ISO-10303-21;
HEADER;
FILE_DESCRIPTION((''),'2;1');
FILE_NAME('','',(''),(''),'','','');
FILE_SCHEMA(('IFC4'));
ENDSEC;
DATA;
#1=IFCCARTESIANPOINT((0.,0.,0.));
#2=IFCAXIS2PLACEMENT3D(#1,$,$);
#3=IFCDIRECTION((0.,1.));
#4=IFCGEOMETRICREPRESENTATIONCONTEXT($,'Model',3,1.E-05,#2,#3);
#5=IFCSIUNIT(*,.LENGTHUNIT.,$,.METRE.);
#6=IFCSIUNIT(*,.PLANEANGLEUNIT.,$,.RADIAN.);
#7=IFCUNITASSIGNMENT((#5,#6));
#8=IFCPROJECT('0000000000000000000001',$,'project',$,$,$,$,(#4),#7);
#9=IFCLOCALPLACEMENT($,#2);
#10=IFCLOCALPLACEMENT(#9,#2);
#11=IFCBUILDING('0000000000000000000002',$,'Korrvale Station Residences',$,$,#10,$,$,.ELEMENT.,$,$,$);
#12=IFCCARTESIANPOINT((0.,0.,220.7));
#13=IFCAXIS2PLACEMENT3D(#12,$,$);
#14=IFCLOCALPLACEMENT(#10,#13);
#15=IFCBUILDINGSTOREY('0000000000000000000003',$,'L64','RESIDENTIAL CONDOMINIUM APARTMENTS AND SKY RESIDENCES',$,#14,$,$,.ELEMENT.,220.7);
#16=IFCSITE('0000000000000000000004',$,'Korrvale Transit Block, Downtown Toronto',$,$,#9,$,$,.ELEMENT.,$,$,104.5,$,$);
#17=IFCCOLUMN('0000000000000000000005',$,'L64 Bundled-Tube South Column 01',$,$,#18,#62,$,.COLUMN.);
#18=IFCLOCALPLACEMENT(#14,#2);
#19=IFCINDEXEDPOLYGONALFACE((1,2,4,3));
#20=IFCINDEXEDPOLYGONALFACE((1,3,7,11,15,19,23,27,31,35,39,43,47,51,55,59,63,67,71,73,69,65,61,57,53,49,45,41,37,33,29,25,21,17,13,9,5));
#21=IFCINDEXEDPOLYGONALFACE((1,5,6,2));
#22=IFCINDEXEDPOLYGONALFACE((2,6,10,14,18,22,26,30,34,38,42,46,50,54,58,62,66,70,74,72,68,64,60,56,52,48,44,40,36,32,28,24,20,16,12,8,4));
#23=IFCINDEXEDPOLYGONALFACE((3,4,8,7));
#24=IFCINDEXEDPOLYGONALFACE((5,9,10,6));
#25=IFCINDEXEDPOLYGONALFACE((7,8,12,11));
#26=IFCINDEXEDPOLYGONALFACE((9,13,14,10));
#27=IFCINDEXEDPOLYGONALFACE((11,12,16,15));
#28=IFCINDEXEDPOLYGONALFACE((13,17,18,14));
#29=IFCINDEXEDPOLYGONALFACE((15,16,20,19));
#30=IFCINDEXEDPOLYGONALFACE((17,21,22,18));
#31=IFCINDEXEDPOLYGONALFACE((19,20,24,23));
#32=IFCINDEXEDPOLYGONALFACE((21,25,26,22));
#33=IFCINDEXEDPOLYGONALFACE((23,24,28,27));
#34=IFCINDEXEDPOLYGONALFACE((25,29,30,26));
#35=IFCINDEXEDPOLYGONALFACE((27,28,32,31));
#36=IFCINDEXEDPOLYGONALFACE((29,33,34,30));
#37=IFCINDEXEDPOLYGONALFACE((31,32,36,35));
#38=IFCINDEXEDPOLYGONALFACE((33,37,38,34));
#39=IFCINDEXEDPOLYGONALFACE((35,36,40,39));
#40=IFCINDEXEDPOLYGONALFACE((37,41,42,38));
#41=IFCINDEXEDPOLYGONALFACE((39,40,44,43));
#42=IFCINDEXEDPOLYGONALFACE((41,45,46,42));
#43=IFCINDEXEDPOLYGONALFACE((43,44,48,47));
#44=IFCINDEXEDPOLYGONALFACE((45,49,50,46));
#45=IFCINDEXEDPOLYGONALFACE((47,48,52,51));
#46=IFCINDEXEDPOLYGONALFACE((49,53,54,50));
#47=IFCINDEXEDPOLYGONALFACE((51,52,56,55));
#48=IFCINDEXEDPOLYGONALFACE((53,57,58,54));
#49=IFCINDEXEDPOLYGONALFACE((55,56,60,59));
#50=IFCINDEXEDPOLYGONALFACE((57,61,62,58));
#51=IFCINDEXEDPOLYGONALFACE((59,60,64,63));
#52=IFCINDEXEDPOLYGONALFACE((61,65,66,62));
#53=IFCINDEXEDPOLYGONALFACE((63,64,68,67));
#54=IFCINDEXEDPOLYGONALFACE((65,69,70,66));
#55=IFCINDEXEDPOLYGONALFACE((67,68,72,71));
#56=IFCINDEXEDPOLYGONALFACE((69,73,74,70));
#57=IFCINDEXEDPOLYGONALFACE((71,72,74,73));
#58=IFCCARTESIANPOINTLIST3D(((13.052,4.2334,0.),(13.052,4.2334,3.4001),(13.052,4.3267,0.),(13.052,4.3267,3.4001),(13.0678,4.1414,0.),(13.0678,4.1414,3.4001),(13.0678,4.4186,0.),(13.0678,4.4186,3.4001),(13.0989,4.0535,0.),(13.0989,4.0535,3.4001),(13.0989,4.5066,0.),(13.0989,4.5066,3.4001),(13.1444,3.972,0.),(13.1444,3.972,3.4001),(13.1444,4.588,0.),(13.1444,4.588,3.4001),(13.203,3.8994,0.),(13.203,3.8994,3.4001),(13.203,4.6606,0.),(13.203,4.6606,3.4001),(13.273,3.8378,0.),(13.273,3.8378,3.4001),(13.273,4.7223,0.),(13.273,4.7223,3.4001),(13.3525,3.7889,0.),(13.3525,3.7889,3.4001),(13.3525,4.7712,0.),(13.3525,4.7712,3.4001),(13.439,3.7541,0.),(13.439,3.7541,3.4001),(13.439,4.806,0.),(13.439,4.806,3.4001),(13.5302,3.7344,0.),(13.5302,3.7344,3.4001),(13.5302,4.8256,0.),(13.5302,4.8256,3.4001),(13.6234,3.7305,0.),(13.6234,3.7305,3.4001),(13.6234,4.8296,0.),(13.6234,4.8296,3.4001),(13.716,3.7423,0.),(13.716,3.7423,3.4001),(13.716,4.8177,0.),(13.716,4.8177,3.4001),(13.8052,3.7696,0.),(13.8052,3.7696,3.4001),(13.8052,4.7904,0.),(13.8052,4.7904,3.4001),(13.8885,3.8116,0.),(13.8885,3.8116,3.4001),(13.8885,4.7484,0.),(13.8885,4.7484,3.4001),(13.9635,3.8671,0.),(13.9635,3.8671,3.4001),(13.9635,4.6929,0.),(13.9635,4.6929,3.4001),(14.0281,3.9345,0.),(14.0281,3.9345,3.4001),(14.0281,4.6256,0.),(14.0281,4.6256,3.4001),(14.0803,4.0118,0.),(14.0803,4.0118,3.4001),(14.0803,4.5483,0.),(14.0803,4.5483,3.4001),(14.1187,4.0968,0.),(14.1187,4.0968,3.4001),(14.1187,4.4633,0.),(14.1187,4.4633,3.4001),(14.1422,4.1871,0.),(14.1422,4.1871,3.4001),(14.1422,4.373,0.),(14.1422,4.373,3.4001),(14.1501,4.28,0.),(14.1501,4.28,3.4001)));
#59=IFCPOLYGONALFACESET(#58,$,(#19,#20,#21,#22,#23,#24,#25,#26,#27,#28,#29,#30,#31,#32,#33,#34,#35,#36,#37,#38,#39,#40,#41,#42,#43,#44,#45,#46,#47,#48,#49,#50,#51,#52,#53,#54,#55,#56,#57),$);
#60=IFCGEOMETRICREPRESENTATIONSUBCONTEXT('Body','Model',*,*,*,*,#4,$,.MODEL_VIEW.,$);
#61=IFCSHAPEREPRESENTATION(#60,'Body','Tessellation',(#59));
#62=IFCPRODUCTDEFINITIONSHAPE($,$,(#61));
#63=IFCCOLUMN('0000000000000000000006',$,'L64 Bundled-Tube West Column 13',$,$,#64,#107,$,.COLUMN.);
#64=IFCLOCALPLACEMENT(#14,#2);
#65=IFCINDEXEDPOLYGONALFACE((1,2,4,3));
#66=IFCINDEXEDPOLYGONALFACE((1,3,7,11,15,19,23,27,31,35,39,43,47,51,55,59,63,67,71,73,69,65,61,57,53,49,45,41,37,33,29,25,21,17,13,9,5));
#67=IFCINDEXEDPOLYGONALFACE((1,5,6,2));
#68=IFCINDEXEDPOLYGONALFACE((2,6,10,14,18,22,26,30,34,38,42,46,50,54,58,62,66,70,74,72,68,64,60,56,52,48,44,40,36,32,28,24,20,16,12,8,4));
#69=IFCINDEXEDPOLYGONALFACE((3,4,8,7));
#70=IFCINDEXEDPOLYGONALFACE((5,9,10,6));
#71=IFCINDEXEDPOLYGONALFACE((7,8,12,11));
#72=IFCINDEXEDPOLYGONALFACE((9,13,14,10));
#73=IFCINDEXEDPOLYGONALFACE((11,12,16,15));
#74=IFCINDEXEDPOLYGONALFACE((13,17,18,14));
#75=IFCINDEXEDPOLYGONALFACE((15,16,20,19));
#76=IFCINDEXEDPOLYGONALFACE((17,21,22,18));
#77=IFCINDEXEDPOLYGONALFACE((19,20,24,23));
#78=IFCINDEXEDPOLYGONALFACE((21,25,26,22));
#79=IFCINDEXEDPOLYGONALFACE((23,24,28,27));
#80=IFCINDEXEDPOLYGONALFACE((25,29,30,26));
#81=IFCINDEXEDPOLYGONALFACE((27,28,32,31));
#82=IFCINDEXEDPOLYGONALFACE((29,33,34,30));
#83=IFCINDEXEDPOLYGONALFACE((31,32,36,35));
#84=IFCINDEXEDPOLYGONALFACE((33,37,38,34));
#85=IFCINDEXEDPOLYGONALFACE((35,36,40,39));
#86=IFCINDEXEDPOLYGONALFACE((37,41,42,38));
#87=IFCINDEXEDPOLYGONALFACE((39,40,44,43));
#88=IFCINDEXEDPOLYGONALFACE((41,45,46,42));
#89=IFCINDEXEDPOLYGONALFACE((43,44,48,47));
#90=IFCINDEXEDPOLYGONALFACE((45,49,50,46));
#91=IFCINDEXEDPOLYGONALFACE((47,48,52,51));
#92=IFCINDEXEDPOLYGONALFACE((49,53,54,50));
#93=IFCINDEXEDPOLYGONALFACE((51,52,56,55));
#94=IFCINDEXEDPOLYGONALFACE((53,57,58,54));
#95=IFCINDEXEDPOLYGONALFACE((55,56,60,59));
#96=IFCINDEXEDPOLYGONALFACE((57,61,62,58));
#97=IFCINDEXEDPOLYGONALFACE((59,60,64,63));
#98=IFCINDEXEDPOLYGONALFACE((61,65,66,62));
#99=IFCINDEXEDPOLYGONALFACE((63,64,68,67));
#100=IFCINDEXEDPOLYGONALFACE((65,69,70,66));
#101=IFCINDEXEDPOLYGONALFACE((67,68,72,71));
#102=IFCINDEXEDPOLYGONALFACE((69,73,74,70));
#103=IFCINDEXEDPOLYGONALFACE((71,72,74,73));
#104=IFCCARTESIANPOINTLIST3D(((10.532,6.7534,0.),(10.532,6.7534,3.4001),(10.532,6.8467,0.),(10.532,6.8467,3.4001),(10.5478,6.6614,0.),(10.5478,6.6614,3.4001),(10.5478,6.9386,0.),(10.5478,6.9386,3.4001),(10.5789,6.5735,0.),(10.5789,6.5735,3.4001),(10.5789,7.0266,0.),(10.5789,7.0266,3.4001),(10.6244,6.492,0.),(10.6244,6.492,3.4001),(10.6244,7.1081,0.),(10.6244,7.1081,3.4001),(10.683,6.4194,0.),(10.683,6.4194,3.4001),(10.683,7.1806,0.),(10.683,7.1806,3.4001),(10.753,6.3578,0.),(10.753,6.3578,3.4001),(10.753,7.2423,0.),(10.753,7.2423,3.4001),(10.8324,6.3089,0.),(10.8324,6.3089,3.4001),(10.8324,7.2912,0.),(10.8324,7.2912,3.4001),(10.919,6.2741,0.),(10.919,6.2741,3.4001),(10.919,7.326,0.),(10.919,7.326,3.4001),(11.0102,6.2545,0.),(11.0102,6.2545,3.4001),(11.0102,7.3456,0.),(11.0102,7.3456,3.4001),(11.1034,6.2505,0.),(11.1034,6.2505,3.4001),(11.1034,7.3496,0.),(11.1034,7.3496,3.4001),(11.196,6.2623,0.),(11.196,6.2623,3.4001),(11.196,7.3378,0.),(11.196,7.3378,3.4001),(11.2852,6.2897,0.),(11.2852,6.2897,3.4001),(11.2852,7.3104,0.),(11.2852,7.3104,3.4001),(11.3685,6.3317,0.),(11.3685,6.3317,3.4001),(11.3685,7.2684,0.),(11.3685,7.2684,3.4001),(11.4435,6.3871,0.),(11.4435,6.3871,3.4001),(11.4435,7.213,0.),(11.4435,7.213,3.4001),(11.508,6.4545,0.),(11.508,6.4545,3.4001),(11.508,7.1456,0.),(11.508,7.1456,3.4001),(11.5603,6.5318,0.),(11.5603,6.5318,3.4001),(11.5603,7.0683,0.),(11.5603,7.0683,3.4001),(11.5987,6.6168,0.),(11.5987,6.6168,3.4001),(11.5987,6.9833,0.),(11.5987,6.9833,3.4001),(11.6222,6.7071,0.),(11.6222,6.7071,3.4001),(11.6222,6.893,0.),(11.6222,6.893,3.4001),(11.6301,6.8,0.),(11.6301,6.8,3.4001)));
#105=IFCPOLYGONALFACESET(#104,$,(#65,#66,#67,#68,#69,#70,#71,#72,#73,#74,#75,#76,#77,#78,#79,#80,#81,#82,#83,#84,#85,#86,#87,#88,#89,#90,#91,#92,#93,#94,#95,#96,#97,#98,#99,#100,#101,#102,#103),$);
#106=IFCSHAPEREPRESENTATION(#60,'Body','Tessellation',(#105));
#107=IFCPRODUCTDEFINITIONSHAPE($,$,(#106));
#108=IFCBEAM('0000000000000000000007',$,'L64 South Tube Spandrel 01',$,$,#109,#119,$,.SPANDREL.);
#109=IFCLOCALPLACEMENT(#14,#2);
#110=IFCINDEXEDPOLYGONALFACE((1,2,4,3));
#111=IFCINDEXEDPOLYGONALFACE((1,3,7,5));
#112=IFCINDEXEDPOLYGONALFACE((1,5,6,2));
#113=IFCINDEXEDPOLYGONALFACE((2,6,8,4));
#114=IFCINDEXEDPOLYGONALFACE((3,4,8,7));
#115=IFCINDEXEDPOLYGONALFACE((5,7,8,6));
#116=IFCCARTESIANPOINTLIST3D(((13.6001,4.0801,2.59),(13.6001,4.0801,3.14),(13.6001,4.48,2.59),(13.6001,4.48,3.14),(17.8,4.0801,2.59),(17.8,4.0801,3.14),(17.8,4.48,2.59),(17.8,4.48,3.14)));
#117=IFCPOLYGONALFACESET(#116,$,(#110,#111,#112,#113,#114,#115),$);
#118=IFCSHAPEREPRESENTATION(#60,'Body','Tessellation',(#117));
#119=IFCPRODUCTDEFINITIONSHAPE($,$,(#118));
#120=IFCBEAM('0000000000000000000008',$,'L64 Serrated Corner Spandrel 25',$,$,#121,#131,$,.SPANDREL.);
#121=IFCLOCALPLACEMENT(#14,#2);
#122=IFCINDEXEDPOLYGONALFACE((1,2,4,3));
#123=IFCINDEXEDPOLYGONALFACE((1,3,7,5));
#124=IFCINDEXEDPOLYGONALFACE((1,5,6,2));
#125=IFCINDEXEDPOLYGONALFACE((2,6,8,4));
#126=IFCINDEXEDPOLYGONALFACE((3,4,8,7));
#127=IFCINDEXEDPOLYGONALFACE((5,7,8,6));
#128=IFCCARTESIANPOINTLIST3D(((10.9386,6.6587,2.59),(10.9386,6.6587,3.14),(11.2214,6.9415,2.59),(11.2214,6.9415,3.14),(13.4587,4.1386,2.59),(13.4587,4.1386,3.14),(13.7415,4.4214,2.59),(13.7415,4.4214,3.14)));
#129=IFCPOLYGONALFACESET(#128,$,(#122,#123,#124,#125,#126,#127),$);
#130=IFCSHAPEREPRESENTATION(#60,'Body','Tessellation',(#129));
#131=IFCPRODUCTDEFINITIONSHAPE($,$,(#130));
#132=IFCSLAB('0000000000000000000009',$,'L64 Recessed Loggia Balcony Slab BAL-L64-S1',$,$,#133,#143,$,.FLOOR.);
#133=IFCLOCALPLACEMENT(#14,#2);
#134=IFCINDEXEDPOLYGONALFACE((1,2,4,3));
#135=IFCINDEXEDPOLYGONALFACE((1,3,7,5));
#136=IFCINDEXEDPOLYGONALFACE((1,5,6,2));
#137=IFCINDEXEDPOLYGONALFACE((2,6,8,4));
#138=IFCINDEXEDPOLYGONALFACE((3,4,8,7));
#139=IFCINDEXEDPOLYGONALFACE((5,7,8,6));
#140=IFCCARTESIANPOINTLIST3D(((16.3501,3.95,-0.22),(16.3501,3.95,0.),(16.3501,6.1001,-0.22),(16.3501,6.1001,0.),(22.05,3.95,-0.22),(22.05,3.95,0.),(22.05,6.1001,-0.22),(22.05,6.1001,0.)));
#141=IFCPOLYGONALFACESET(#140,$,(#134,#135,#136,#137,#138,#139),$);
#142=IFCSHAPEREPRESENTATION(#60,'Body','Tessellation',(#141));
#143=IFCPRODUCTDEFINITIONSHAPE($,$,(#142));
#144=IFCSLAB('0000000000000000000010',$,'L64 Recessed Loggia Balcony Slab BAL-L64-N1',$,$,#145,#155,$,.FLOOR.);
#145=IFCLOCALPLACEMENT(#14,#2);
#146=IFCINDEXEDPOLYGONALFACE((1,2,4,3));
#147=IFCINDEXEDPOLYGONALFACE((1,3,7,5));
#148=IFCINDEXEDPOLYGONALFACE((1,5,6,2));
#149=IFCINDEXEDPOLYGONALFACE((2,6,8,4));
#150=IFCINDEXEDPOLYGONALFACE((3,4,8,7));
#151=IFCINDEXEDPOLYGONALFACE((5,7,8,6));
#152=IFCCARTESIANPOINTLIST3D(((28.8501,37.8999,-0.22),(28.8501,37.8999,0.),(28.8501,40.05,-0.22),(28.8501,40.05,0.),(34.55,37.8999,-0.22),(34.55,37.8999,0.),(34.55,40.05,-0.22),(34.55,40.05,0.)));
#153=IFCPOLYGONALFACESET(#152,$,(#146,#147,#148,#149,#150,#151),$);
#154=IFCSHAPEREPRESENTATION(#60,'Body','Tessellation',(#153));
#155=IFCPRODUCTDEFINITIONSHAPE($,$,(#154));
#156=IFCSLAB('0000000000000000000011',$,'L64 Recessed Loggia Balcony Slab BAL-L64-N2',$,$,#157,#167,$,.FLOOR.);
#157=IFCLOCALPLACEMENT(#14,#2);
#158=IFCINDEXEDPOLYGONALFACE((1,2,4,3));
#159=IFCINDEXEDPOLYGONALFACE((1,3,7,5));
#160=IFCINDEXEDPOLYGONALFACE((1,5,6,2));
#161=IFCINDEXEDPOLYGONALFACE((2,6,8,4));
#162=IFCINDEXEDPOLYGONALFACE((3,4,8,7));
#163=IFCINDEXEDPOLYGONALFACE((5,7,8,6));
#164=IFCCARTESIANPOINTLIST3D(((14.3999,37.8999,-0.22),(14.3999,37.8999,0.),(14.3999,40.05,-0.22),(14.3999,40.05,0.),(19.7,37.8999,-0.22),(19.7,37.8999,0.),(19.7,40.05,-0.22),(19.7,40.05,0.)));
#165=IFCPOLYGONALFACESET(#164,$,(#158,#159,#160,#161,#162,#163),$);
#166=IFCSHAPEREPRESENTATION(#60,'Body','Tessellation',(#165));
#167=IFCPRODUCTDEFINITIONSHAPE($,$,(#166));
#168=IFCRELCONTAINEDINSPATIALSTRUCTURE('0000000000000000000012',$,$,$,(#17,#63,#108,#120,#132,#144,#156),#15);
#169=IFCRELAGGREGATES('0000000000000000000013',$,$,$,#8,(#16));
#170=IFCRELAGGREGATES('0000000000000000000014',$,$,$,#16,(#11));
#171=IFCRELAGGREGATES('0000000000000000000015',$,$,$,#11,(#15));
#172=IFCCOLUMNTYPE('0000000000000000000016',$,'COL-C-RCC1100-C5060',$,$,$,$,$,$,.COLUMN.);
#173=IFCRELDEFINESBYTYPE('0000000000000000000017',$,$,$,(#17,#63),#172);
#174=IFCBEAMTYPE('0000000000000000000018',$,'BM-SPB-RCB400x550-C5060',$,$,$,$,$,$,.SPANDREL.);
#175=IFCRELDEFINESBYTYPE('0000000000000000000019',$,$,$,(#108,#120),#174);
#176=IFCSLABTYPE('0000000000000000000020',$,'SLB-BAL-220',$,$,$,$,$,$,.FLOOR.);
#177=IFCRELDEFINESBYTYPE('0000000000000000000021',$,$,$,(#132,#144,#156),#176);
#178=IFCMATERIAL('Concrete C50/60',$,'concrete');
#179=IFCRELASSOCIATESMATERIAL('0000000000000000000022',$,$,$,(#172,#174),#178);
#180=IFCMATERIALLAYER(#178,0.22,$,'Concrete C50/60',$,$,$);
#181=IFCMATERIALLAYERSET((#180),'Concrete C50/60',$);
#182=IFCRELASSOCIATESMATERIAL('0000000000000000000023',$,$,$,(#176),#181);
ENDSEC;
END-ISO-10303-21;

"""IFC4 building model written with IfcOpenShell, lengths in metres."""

from ifc_helpers import new_model, si_unit, direction, frame, origin, origin_2d, place, context, subcontext, project, spatial, polyline, rectangle, circle, outline, extrude, material, layer, layer_set, material_profile, profile_set, type_object, element, save


model = new_model("IFC4")

# Units and contexts
model_context = context("Model", 3, precision=1e-05, world=origin(), true_north=direction((0.0, 1.0)))
body_context = subcontext(model_context, "Body", "Model", "MODEL_VIEW")
ifc_project = project(units=[si_unit("LENGTHUNIT", "METRE"), si_unit("PLANEANGLEUNIT", "RADIAN")], contexts=[model_context])

# Site, building, storey
site_placement = place(None, origin())
site = spatial("IfcSite", under=ifc_project, at=site_placement, Name="Korrvale Transit Block, Downtown Toronto", CompositionType="ELEMENT", RefElevation=104.5)
building_placement = place(site_placement, origin())
building = spatial("IfcBuilding", under=site, at=building_placement, Name="Korrvale Station Residences", CompositionType="ELEMENT")
storey_placement = place(building_placement, frame((0.0, 0.0, 220.7)))
storey = spatial("IfcBuildingStorey", under=building, at=storey_placement, Name="L64", Description="RESIDENTIAL CONDOMINIUM APARTMENTS AND SKY RESIDENCES", CompositionType="ELEMENT", Elevation=220.7)

# Columns
ifc_material_1 = material(Name="Concrete C50/60", Category="concrete")
ifc_material_profile_1 = material_profile(ifc_material_1, circle(Radius=0.55, at=origin_2d()), Name="RCC1100")
ifc_profile_set_1 = profile_set([ifc_material_profile_1], Name="Concrete C50/60")
column_type = type_object("IfcColumnType", Name="COL-C-RCC1100-C5060", PredefinedType="COLUMN", material=ifc_profile_set_1)
for number, where, z_axis, x_axis, name in (
    (1, (13.6001, 4.28, 0.0), (0.0, 0.0, 1.0), (1.0, 0.0, 0.0), "L64 Bundled-Tube South Column 01"),
    (2, (11.0801, 6.8, 0.0), (0.0, 0.0, 1.0), (1.0, 0.0, 0.0), "L64 Bundled-Tube West Column 13"),
):
    element("IfcColumn", number, at=place(storey_placement, frame(where, z_axis=z_axis, x_axis=x_axis)), inside=storey, type_object=column_type, Name=name, PredefinedType="COLUMN", context=body_context, shape_type="SweptSolid", body=[
        extrude(circle(Radius=0.55, at=origin_2d()), origin(), (0.0, 0.0, 1.0), 3.4001),
    ])

# Beams
ifc_material_profile_2 = material_profile(ifc_material_1, rectangle(XDim=0.3999, YDim=0.55, at=origin_2d()), Name="RCB400x550")
ifc_profile_set_2 = profile_set([ifc_material_profile_2], Name="Concrete C50/60")
beam_type = type_object("IfcBeamType", Name="BM-SPB-RCB400x550-C5060", PredefinedType="SPANDREL", material=ifc_profile_set_2)
beam_1_placement = place(storey_placement, frame((13.6001, 4.28, 2.865), z_axis=(1.0, 0.0, 0.0), x_axis=(0.0, 1.0, 0.0)))
element("IfcBeam", 3, at=beam_1_placement, inside=storey, type_object=beam_type, Name="L64 South Tube Spandrel 01", PredefinedType="SPANDREL", context=body_context, shape_type="SweptSolid", body=[
    extrude(rectangle(XDim=0.3999, YDim=0.55, at=origin_2d()), origin(), (0.0, 0.0, 1.0), 4.2),
])
beam_2_placement = place(storey_placement, frame((13.6001, 4.28, 2.865), z_axis=(-0.707107, 0.707107, 0.0), x_axis=(-0.707107, -0.707107, 0.0)))
element("IfcBeam", 4, at=beam_2_placement, inside=storey, type_object=beam_type, Name="L64 Serrated Corner Spandrel 25", PredefinedType="SPANDREL", context=body_context, shape_type="SweptSolid", body=[
    extrude(rectangle(XDim=0.3999, YDim=0.55, at=origin_2d()), origin(), (0.0, 0.0, 1.0), 3.564),
])

# Slabs
ifc_layer_1 = layer(ifc_material_1, 0.22, Name="Concrete C50/60")
ifc_layer_set_1 = layer_set([ifc_layer_1], Name="Concrete C50/60")
slab_type_1 = type_object("IfcSlabType", Name="SLB-BAL-220", PredefinedType="FLOOR", material=ifc_layer_set_1)
slab_1_placement = place(storey_placement, frame((0.0, 0.0, -0.22)))
element("IfcSlab", 5, at=slab_1_placement, inside=storey, type_object=slab_type_1, Name="L64 Recessed Loggia Balcony Slab BAL-L64-S1", PredefinedType="FLOOR", context=body_context, shape_type="SweptSolid", body=[
    extrude(outline(polyline([(16.3501, 3.95), (22.05, 3.95), (22.05, 6.1001), (16.3501, 6.1001), (16.3501, 3.95)])), origin(), (0.0, 0.0, 1.0), 0.22),
])
slab_2_placement = place(storey_placement, frame((0.0, 0.0, -0.22)))
element("IfcSlab", 6, at=slab_2_placement, inside=storey, type_object=slab_type_1, Name="L64 Recessed Loggia Balcony Slab BAL-L64-N1", PredefinedType="FLOOR", context=body_context, shape_type="SweptSolid", body=[
    extrude(outline(polyline([(28.8501, 37.8999), (34.55, 37.8999), (34.55, 40.05), (28.8501, 40.05), (28.8501, 37.8999)])), origin(), (0.0, 0.0, 1.0), 0.22),
])
slab_3_placement = place(storey_placement, frame((0.0, 0.0, -0.22)))
element("IfcSlab", 7, at=slab_3_placement, inside=storey, type_object=slab_type_1, Name="L64 Recessed Loggia Balcony Slab BAL-L64-N2", PredefinedType="FLOOR", context=body_context, shape_type="SweptSolid", body=[
    extrude(outline(polyline([(14.3999, 37.8999), (19.7, 37.8999), (19.7, 40.05), (14.3999, 40.05), (14.3999, 37.8999)])), origin(), (0.0, 0.0, 1.0), 0.22),
])

save(model, "model.ifc")
